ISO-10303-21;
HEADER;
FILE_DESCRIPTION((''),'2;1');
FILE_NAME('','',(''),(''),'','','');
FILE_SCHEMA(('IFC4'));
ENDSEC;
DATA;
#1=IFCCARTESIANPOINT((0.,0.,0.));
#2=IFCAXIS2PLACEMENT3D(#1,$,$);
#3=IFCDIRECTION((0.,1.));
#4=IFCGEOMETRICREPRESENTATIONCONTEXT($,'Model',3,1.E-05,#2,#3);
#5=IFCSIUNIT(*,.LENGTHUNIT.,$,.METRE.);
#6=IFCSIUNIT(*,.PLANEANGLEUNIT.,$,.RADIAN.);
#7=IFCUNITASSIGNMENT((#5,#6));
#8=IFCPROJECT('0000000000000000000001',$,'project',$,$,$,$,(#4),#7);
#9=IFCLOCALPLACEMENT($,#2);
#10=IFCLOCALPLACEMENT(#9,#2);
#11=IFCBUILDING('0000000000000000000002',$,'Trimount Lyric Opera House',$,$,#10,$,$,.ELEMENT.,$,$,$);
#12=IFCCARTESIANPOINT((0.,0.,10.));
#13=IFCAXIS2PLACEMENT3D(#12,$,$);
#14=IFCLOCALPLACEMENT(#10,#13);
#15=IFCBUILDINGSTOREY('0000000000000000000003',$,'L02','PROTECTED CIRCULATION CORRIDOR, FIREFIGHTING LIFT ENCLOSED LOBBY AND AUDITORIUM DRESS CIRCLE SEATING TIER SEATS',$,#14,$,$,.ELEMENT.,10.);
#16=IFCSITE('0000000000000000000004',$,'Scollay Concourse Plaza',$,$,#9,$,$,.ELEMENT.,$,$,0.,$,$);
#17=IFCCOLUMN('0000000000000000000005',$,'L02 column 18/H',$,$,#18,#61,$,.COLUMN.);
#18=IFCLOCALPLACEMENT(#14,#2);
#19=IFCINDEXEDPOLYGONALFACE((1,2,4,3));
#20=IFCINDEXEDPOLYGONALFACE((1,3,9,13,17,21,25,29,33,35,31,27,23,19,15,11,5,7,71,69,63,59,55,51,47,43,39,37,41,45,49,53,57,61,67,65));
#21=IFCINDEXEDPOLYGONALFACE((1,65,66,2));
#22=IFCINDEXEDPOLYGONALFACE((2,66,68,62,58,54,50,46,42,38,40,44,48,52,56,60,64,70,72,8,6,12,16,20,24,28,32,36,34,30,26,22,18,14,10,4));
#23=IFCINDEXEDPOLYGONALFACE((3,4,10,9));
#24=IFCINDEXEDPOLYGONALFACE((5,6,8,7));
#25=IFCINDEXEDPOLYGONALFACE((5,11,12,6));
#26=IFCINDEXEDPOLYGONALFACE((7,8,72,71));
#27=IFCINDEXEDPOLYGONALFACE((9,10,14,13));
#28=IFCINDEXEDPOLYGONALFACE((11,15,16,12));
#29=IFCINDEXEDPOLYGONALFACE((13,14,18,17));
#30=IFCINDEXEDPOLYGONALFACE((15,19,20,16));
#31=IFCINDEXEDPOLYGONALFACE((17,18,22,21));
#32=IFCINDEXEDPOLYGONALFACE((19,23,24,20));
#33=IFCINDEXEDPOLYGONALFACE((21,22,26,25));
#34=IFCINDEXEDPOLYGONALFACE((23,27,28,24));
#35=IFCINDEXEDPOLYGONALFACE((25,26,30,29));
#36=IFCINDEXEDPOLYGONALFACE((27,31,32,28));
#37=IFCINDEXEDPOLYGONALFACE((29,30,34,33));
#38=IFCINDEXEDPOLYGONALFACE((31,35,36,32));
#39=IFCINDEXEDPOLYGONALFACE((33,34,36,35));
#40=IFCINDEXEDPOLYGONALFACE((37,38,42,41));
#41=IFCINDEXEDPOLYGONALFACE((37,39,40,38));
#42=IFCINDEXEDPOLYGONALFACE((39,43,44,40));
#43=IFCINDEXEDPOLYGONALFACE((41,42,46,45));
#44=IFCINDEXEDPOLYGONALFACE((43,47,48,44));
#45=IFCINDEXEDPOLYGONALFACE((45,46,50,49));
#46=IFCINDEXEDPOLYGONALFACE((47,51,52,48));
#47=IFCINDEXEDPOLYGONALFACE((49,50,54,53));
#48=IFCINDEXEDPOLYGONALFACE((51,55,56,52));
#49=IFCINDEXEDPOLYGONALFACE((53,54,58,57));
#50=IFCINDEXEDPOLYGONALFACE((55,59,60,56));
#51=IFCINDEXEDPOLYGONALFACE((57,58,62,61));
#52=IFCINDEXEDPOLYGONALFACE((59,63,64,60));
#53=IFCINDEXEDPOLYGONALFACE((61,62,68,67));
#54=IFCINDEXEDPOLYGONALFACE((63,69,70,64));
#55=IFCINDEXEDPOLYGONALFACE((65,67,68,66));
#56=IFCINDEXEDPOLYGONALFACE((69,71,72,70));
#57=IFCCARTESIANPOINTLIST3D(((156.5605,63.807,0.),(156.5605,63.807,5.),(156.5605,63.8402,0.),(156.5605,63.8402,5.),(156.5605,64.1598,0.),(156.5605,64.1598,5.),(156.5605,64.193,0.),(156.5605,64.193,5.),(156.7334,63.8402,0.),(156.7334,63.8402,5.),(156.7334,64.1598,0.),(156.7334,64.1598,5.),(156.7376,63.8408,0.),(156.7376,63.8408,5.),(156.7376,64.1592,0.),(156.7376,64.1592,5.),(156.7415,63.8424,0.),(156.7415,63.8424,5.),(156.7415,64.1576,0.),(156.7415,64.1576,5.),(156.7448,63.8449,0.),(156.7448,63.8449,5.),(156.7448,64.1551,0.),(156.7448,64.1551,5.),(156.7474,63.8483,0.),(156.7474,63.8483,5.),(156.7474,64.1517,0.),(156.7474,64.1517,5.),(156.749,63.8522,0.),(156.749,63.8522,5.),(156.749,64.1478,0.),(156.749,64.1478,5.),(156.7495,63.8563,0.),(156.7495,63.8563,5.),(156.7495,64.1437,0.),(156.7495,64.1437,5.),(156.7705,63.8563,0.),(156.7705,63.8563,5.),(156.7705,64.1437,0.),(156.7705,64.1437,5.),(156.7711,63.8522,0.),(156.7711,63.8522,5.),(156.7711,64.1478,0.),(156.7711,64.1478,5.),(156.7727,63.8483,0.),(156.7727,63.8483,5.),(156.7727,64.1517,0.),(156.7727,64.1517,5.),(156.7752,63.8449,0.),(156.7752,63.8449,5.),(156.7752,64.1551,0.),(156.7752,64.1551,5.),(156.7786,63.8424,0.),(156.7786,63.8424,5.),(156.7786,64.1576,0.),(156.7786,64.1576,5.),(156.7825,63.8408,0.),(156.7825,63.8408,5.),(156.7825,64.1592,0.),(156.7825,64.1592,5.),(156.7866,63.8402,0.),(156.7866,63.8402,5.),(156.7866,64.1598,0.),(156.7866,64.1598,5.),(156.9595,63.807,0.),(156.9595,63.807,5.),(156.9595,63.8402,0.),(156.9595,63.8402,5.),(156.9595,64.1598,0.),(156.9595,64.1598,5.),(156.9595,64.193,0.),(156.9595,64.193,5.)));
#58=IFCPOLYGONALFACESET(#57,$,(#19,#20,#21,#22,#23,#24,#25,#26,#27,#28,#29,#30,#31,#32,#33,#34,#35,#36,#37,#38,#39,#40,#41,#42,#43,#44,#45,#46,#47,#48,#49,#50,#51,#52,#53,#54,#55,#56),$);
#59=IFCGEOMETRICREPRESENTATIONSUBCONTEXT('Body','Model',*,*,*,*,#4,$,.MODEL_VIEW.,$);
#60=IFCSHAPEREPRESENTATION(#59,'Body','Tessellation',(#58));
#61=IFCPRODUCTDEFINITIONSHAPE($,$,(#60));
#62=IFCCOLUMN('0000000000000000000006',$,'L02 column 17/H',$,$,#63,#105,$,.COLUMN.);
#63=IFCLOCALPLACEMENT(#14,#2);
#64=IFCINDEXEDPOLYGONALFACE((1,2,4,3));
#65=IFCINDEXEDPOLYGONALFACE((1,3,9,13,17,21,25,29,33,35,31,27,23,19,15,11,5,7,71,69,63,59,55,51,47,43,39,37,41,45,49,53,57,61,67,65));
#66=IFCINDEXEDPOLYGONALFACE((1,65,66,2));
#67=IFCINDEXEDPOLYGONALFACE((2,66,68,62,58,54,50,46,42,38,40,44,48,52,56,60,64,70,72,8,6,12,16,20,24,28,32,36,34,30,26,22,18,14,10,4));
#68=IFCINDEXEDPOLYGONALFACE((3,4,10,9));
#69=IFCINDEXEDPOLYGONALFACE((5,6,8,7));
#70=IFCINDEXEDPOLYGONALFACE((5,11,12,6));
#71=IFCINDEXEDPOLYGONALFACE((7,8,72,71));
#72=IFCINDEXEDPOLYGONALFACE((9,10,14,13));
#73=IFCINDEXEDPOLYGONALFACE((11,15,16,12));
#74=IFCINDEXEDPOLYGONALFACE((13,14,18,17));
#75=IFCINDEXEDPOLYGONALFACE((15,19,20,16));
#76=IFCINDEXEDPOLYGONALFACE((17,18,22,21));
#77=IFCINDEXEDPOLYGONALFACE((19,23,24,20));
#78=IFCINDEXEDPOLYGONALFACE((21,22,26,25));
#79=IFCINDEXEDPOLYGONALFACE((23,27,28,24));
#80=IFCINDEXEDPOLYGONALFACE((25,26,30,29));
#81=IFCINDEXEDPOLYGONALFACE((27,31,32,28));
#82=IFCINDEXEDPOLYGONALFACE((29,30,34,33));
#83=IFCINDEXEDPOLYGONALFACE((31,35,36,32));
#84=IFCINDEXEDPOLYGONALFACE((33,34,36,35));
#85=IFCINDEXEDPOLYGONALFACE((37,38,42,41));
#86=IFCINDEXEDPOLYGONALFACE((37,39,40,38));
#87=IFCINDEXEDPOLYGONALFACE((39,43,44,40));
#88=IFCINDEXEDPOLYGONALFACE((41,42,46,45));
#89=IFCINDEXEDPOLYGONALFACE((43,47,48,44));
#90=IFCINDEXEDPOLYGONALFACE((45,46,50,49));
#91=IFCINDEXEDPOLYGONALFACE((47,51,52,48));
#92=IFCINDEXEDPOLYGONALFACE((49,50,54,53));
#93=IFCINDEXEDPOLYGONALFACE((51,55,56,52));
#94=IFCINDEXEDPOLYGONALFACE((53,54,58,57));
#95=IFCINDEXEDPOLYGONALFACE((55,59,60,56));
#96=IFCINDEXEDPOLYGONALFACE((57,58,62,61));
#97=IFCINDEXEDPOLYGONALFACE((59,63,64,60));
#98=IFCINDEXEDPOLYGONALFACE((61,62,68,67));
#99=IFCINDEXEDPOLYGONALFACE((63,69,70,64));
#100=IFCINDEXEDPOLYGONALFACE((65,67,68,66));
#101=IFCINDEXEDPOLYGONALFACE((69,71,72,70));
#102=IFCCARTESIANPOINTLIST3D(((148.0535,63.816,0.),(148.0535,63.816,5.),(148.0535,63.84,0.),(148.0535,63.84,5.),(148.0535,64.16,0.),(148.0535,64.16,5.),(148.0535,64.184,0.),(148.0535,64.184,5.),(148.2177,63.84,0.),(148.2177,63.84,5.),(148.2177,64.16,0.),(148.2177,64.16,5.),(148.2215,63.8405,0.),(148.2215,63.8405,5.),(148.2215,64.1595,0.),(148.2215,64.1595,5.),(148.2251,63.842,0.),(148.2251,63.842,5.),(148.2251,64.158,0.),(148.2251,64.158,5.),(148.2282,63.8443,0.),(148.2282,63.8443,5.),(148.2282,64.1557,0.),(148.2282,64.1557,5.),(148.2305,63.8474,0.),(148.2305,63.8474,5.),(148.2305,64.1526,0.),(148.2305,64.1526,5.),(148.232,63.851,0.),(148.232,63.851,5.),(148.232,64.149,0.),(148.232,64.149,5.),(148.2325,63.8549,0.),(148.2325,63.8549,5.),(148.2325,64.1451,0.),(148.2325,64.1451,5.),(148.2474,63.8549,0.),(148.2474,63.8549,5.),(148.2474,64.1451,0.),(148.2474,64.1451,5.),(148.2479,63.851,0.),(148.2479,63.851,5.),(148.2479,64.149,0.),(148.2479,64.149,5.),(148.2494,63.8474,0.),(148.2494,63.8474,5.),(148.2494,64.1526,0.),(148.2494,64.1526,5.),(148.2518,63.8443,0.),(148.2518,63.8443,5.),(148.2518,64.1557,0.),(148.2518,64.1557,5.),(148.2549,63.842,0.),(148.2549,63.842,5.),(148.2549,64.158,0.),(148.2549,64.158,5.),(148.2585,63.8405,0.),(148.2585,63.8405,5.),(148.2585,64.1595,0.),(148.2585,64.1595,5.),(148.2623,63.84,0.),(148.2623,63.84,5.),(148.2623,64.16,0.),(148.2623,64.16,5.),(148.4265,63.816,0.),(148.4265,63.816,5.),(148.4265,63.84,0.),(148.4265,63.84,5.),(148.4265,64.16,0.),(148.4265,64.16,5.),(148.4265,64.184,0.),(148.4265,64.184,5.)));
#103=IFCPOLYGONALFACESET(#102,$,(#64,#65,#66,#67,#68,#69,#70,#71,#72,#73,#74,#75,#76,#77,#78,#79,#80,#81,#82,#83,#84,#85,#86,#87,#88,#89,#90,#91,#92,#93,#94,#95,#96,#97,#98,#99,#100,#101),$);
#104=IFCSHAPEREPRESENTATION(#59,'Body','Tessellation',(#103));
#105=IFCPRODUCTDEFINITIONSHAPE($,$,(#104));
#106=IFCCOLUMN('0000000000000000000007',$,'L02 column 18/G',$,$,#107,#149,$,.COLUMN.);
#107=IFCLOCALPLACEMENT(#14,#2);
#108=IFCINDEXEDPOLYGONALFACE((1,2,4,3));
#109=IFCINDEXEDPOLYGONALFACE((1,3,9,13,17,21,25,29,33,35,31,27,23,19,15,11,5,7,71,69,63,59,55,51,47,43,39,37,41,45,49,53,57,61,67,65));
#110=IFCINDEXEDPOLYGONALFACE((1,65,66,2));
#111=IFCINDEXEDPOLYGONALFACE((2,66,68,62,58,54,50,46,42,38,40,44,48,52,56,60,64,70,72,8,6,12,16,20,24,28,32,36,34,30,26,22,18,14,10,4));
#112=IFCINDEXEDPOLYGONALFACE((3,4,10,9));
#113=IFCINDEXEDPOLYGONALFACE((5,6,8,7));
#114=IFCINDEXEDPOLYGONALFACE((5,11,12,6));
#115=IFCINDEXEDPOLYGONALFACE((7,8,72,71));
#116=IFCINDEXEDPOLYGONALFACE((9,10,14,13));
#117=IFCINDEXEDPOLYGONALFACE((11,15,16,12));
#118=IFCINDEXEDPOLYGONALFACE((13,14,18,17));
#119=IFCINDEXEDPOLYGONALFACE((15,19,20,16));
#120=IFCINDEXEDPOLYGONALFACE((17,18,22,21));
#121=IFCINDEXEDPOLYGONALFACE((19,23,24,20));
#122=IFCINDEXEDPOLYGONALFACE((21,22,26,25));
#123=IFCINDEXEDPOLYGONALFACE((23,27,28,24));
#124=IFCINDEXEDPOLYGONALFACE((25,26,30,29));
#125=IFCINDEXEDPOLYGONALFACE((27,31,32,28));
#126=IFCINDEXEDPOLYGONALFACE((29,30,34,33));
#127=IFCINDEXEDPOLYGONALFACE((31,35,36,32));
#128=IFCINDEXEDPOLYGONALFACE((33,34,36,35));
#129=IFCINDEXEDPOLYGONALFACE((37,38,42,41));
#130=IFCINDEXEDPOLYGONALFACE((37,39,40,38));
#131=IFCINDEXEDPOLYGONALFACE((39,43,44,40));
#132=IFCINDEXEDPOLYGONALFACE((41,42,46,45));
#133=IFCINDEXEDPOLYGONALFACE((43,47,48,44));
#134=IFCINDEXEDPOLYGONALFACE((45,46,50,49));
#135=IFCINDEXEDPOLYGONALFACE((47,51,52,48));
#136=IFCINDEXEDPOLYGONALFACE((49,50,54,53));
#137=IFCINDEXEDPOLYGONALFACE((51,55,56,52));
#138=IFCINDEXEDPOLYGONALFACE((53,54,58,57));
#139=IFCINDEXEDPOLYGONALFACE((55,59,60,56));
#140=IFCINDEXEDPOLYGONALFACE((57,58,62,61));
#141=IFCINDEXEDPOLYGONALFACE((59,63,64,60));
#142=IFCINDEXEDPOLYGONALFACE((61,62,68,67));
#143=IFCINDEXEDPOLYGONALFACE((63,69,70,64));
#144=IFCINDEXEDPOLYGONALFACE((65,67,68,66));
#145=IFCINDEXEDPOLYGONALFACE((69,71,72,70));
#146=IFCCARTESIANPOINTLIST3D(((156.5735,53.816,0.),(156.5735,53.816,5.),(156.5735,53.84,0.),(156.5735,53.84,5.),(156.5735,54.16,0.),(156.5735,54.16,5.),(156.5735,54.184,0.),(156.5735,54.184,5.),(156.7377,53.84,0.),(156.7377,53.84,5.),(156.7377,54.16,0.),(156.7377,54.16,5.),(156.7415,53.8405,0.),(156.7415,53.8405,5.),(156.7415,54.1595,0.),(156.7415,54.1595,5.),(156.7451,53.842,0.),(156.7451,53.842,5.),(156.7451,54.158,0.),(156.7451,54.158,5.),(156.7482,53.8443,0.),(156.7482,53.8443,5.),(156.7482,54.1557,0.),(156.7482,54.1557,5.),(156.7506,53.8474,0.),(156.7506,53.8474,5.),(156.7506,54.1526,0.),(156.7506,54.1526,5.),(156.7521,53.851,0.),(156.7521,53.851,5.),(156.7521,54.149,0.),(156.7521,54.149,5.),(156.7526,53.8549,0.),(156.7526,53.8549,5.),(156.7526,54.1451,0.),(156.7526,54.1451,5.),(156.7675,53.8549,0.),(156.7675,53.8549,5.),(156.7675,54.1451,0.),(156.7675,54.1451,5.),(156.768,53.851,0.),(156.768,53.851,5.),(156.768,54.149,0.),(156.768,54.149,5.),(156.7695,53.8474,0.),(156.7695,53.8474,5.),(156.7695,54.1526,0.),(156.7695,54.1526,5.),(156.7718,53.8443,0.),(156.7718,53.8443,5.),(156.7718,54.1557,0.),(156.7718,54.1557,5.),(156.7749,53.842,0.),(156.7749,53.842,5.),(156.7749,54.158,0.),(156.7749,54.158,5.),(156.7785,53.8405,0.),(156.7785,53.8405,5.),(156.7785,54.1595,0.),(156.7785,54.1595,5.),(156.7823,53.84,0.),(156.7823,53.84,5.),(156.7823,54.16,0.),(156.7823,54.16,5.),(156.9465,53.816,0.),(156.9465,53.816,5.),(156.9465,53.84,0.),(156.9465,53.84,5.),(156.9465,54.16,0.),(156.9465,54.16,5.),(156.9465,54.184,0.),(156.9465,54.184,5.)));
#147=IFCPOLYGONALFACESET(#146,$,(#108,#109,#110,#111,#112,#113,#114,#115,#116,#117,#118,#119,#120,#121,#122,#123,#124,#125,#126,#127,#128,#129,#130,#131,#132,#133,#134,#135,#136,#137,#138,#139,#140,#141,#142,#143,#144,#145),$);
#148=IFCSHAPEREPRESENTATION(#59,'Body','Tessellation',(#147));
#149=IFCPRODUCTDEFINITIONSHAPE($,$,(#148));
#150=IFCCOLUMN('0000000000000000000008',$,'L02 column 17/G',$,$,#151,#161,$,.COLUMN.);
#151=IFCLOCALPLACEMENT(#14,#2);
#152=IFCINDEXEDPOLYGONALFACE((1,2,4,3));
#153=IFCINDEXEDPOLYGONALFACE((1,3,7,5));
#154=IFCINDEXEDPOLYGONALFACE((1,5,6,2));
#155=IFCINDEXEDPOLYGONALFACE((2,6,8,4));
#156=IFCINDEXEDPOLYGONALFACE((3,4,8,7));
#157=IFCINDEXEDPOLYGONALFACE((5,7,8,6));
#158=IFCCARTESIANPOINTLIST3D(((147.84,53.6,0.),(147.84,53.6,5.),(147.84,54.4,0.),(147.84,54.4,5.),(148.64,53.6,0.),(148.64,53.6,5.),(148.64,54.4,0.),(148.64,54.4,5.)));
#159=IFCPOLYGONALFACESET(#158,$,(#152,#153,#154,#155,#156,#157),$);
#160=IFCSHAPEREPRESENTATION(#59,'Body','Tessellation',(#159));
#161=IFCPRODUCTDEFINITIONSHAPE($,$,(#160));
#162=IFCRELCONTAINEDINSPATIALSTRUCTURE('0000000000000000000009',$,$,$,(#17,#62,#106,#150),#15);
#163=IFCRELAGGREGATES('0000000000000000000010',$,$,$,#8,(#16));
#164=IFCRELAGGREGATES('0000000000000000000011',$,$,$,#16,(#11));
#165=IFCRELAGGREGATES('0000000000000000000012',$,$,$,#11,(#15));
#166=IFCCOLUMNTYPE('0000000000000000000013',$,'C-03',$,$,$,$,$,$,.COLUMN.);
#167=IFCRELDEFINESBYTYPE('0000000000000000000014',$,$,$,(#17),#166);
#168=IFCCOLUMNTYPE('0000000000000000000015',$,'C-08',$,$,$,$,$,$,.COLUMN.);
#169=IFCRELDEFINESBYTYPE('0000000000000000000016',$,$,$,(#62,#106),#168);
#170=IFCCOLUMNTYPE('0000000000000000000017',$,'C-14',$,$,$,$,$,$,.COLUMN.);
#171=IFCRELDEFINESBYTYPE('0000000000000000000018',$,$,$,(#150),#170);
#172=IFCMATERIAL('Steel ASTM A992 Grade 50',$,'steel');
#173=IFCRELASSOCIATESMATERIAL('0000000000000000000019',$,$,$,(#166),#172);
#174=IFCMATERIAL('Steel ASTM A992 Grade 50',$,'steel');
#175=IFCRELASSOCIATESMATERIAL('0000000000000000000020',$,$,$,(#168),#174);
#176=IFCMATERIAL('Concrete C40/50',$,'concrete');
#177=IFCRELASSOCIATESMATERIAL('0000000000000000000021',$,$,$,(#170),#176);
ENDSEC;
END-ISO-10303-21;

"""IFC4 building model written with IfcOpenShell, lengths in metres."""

from ifc_helpers import new_model, si_unit, direction, frame, origin, origin_2d, place, context, subcontext, project, spatial, rectangle, i_section, extrude, material, material_profile, profile_set, type_object, element, save


model = new_model("IFC4")

# Units and contexts
model_context = context("Model", 3, precision=1e-05, world=origin(), true_north=direction((0.0, 1.0)))
body_context = subcontext(model_context, "Body", "Model", "MODEL_VIEW")
ifc_project = project(units=[si_unit("LENGTHUNIT", "METRE"), si_unit("PLANEANGLEUNIT", "RADIAN")], contexts=[model_context])

# Site, building, storey
site_placement = place(None, origin())
site = spatial("IfcSite", under=ifc_project, at=site_placement, Name="Scollay Concourse Plaza", CompositionType="ELEMENT", RefElevation=0.0)
building_placement = place(site_placement, origin())
building = spatial("IfcBuilding", under=site, at=building_placement, Name="Trimount Lyric Opera House", CompositionType="ELEMENT")
storey_placement = place(building_placement, frame((0.0, 0.0, 10.0)))
storey = spatial("IfcBuildingStorey", under=building, at=storey_placement, Name="L02", Description="PROTECTED CIRCULATION CORRIDOR, FIREFIGHTING LIFT ENCLOSED LOBBY AND AUDITORIUM DRESS CIRCLE SEATING TIER SEATS", CompositionType="ELEMENT", Elevation=10.0)

# Columns
ifc_material_1 = material(Name="Steel ASTM A992 Grade 50", Category="steel")
ifc_material_profile_1 = material_profile(ifc_material_1, i_section(OverallWidth=0.3989, OverallDepth=0.386, WebThickness=0.021, FlangeThickness=0.0332, FilletRadius=0.0161, at=origin_2d()), Name="W14X176")
ifc_profile_set_1 = profile_set([ifc_material_profile_1], Name="Steel ASTM A992 Grade 50")
column_type_1 = type_object("IfcColumnType", Name="C-03", PredefinedType="COLUMN", material=ifc_profile_set_1)
column_1_placement = place(storey_placement, frame((156.76, 64.0, 0.0), z_axis=(0.0, 0.0, 1.0), x_axis=(1.0, 0.0, 0.0)))
element("IfcColumn", 1, at=column_1_placement, inside=storey, type_object=column_type_1, Name="L02 column 18/H", PredefinedType="COLUMN", context=body_context, shape_type="SweptSolid", body=[
    extrude(i_section(OverallWidth=0.3989, OverallDepth=0.386, WebThickness=0.021, FlangeThickness=0.0332, FilletRadius=0.0161, at=origin_2d()), origin(), (0.0, 0.0, 1.0), 5.0),
])
ifc_material_2 = material(Name="Steel ASTM A992 Grade 50", Category="steel")
ifc_material_profile_2 = material_profile(ifc_material_2, i_section(OverallWidth=0.373, OverallDepth=0.3679, WebThickness=0.0149, FlangeThickness=0.0239, FilletRadius=0.0149, at=origin_2d()), Name="W14X120")
ifc_profile_set_2 = profile_set([ifc_material_profile_2], Name="Steel ASTM A992 Grade 50")
column_type_2 = type_object("IfcColumnType", Name="C-08", PredefinedType="COLUMN", material=ifc_profile_set_2)
for number, where, z_axis, x_axis, name in (
    (2, (148.24, 64.0, 0.0), (0.0, 0.0, 1.0), (1.0, 0.0, 0.0), "L02 column 17/H"),
    (3, (156.76, 54.0, 0.0), (0.0, 0.0, 1.0), (1.0, 0.0, 0.0), "L02 column 18/G"),
):
    element("IfcColumn", number, at=place(storey_placement, frame(where, z_axis=z_axis, x_axis=x_axis)), inside=storey, type_object=column_type_2, Name=name, PredefinedType="COLUMN", context=body_context, shape_type="SweptSolid", body=[
        extrude(i_section(OverallWidth=0.373, OverallDepth=0.3679, WebThickness=0.0149, FlangeThickness=0.0239, FilletRadius=0.0149, at=origin_2d()), origin(), (0.0, 0.0, 1.0), 5.0),
    ])
ifc_material_3 = material(Name="Concrete C40/50", Category="concrete")
ifc_material_profile_3 = material_profile(ifc_material_3, rectangle(XDim=0.8, YDim=0.8, at=origin_2d()), Name="RC800X800")
ifc_profile_set_3 = profile_set([ifc_material_profile_3], Name="Concrete C40/50")
column_type_3 = type_object("IfcColumnType", Name="C-14", PredefinedType="COLUMN", material=ifc_profile_set_3)
column_2_placement = place(storey_placement, frame((148.24, 54.0, 0.0), z_axis=(0.0, 0.0, 1.0), x_axis=(1.0, 0.0, 0.0)))
element("IfcColumn", 4, at=column_2_placement, inside=storey, type_object=column_type_3, Name="L02 column 17/G", PredefinedType="COLUMN", context=body_context, shape_type="SweptSolid", body=[
    extrude(rectangle(XDim=0.8, YDim=0.8, at=origin_2d()), origin(), (0.0, 0.0, 1.0), 5.0),
])

save(model, "model.ifc")
